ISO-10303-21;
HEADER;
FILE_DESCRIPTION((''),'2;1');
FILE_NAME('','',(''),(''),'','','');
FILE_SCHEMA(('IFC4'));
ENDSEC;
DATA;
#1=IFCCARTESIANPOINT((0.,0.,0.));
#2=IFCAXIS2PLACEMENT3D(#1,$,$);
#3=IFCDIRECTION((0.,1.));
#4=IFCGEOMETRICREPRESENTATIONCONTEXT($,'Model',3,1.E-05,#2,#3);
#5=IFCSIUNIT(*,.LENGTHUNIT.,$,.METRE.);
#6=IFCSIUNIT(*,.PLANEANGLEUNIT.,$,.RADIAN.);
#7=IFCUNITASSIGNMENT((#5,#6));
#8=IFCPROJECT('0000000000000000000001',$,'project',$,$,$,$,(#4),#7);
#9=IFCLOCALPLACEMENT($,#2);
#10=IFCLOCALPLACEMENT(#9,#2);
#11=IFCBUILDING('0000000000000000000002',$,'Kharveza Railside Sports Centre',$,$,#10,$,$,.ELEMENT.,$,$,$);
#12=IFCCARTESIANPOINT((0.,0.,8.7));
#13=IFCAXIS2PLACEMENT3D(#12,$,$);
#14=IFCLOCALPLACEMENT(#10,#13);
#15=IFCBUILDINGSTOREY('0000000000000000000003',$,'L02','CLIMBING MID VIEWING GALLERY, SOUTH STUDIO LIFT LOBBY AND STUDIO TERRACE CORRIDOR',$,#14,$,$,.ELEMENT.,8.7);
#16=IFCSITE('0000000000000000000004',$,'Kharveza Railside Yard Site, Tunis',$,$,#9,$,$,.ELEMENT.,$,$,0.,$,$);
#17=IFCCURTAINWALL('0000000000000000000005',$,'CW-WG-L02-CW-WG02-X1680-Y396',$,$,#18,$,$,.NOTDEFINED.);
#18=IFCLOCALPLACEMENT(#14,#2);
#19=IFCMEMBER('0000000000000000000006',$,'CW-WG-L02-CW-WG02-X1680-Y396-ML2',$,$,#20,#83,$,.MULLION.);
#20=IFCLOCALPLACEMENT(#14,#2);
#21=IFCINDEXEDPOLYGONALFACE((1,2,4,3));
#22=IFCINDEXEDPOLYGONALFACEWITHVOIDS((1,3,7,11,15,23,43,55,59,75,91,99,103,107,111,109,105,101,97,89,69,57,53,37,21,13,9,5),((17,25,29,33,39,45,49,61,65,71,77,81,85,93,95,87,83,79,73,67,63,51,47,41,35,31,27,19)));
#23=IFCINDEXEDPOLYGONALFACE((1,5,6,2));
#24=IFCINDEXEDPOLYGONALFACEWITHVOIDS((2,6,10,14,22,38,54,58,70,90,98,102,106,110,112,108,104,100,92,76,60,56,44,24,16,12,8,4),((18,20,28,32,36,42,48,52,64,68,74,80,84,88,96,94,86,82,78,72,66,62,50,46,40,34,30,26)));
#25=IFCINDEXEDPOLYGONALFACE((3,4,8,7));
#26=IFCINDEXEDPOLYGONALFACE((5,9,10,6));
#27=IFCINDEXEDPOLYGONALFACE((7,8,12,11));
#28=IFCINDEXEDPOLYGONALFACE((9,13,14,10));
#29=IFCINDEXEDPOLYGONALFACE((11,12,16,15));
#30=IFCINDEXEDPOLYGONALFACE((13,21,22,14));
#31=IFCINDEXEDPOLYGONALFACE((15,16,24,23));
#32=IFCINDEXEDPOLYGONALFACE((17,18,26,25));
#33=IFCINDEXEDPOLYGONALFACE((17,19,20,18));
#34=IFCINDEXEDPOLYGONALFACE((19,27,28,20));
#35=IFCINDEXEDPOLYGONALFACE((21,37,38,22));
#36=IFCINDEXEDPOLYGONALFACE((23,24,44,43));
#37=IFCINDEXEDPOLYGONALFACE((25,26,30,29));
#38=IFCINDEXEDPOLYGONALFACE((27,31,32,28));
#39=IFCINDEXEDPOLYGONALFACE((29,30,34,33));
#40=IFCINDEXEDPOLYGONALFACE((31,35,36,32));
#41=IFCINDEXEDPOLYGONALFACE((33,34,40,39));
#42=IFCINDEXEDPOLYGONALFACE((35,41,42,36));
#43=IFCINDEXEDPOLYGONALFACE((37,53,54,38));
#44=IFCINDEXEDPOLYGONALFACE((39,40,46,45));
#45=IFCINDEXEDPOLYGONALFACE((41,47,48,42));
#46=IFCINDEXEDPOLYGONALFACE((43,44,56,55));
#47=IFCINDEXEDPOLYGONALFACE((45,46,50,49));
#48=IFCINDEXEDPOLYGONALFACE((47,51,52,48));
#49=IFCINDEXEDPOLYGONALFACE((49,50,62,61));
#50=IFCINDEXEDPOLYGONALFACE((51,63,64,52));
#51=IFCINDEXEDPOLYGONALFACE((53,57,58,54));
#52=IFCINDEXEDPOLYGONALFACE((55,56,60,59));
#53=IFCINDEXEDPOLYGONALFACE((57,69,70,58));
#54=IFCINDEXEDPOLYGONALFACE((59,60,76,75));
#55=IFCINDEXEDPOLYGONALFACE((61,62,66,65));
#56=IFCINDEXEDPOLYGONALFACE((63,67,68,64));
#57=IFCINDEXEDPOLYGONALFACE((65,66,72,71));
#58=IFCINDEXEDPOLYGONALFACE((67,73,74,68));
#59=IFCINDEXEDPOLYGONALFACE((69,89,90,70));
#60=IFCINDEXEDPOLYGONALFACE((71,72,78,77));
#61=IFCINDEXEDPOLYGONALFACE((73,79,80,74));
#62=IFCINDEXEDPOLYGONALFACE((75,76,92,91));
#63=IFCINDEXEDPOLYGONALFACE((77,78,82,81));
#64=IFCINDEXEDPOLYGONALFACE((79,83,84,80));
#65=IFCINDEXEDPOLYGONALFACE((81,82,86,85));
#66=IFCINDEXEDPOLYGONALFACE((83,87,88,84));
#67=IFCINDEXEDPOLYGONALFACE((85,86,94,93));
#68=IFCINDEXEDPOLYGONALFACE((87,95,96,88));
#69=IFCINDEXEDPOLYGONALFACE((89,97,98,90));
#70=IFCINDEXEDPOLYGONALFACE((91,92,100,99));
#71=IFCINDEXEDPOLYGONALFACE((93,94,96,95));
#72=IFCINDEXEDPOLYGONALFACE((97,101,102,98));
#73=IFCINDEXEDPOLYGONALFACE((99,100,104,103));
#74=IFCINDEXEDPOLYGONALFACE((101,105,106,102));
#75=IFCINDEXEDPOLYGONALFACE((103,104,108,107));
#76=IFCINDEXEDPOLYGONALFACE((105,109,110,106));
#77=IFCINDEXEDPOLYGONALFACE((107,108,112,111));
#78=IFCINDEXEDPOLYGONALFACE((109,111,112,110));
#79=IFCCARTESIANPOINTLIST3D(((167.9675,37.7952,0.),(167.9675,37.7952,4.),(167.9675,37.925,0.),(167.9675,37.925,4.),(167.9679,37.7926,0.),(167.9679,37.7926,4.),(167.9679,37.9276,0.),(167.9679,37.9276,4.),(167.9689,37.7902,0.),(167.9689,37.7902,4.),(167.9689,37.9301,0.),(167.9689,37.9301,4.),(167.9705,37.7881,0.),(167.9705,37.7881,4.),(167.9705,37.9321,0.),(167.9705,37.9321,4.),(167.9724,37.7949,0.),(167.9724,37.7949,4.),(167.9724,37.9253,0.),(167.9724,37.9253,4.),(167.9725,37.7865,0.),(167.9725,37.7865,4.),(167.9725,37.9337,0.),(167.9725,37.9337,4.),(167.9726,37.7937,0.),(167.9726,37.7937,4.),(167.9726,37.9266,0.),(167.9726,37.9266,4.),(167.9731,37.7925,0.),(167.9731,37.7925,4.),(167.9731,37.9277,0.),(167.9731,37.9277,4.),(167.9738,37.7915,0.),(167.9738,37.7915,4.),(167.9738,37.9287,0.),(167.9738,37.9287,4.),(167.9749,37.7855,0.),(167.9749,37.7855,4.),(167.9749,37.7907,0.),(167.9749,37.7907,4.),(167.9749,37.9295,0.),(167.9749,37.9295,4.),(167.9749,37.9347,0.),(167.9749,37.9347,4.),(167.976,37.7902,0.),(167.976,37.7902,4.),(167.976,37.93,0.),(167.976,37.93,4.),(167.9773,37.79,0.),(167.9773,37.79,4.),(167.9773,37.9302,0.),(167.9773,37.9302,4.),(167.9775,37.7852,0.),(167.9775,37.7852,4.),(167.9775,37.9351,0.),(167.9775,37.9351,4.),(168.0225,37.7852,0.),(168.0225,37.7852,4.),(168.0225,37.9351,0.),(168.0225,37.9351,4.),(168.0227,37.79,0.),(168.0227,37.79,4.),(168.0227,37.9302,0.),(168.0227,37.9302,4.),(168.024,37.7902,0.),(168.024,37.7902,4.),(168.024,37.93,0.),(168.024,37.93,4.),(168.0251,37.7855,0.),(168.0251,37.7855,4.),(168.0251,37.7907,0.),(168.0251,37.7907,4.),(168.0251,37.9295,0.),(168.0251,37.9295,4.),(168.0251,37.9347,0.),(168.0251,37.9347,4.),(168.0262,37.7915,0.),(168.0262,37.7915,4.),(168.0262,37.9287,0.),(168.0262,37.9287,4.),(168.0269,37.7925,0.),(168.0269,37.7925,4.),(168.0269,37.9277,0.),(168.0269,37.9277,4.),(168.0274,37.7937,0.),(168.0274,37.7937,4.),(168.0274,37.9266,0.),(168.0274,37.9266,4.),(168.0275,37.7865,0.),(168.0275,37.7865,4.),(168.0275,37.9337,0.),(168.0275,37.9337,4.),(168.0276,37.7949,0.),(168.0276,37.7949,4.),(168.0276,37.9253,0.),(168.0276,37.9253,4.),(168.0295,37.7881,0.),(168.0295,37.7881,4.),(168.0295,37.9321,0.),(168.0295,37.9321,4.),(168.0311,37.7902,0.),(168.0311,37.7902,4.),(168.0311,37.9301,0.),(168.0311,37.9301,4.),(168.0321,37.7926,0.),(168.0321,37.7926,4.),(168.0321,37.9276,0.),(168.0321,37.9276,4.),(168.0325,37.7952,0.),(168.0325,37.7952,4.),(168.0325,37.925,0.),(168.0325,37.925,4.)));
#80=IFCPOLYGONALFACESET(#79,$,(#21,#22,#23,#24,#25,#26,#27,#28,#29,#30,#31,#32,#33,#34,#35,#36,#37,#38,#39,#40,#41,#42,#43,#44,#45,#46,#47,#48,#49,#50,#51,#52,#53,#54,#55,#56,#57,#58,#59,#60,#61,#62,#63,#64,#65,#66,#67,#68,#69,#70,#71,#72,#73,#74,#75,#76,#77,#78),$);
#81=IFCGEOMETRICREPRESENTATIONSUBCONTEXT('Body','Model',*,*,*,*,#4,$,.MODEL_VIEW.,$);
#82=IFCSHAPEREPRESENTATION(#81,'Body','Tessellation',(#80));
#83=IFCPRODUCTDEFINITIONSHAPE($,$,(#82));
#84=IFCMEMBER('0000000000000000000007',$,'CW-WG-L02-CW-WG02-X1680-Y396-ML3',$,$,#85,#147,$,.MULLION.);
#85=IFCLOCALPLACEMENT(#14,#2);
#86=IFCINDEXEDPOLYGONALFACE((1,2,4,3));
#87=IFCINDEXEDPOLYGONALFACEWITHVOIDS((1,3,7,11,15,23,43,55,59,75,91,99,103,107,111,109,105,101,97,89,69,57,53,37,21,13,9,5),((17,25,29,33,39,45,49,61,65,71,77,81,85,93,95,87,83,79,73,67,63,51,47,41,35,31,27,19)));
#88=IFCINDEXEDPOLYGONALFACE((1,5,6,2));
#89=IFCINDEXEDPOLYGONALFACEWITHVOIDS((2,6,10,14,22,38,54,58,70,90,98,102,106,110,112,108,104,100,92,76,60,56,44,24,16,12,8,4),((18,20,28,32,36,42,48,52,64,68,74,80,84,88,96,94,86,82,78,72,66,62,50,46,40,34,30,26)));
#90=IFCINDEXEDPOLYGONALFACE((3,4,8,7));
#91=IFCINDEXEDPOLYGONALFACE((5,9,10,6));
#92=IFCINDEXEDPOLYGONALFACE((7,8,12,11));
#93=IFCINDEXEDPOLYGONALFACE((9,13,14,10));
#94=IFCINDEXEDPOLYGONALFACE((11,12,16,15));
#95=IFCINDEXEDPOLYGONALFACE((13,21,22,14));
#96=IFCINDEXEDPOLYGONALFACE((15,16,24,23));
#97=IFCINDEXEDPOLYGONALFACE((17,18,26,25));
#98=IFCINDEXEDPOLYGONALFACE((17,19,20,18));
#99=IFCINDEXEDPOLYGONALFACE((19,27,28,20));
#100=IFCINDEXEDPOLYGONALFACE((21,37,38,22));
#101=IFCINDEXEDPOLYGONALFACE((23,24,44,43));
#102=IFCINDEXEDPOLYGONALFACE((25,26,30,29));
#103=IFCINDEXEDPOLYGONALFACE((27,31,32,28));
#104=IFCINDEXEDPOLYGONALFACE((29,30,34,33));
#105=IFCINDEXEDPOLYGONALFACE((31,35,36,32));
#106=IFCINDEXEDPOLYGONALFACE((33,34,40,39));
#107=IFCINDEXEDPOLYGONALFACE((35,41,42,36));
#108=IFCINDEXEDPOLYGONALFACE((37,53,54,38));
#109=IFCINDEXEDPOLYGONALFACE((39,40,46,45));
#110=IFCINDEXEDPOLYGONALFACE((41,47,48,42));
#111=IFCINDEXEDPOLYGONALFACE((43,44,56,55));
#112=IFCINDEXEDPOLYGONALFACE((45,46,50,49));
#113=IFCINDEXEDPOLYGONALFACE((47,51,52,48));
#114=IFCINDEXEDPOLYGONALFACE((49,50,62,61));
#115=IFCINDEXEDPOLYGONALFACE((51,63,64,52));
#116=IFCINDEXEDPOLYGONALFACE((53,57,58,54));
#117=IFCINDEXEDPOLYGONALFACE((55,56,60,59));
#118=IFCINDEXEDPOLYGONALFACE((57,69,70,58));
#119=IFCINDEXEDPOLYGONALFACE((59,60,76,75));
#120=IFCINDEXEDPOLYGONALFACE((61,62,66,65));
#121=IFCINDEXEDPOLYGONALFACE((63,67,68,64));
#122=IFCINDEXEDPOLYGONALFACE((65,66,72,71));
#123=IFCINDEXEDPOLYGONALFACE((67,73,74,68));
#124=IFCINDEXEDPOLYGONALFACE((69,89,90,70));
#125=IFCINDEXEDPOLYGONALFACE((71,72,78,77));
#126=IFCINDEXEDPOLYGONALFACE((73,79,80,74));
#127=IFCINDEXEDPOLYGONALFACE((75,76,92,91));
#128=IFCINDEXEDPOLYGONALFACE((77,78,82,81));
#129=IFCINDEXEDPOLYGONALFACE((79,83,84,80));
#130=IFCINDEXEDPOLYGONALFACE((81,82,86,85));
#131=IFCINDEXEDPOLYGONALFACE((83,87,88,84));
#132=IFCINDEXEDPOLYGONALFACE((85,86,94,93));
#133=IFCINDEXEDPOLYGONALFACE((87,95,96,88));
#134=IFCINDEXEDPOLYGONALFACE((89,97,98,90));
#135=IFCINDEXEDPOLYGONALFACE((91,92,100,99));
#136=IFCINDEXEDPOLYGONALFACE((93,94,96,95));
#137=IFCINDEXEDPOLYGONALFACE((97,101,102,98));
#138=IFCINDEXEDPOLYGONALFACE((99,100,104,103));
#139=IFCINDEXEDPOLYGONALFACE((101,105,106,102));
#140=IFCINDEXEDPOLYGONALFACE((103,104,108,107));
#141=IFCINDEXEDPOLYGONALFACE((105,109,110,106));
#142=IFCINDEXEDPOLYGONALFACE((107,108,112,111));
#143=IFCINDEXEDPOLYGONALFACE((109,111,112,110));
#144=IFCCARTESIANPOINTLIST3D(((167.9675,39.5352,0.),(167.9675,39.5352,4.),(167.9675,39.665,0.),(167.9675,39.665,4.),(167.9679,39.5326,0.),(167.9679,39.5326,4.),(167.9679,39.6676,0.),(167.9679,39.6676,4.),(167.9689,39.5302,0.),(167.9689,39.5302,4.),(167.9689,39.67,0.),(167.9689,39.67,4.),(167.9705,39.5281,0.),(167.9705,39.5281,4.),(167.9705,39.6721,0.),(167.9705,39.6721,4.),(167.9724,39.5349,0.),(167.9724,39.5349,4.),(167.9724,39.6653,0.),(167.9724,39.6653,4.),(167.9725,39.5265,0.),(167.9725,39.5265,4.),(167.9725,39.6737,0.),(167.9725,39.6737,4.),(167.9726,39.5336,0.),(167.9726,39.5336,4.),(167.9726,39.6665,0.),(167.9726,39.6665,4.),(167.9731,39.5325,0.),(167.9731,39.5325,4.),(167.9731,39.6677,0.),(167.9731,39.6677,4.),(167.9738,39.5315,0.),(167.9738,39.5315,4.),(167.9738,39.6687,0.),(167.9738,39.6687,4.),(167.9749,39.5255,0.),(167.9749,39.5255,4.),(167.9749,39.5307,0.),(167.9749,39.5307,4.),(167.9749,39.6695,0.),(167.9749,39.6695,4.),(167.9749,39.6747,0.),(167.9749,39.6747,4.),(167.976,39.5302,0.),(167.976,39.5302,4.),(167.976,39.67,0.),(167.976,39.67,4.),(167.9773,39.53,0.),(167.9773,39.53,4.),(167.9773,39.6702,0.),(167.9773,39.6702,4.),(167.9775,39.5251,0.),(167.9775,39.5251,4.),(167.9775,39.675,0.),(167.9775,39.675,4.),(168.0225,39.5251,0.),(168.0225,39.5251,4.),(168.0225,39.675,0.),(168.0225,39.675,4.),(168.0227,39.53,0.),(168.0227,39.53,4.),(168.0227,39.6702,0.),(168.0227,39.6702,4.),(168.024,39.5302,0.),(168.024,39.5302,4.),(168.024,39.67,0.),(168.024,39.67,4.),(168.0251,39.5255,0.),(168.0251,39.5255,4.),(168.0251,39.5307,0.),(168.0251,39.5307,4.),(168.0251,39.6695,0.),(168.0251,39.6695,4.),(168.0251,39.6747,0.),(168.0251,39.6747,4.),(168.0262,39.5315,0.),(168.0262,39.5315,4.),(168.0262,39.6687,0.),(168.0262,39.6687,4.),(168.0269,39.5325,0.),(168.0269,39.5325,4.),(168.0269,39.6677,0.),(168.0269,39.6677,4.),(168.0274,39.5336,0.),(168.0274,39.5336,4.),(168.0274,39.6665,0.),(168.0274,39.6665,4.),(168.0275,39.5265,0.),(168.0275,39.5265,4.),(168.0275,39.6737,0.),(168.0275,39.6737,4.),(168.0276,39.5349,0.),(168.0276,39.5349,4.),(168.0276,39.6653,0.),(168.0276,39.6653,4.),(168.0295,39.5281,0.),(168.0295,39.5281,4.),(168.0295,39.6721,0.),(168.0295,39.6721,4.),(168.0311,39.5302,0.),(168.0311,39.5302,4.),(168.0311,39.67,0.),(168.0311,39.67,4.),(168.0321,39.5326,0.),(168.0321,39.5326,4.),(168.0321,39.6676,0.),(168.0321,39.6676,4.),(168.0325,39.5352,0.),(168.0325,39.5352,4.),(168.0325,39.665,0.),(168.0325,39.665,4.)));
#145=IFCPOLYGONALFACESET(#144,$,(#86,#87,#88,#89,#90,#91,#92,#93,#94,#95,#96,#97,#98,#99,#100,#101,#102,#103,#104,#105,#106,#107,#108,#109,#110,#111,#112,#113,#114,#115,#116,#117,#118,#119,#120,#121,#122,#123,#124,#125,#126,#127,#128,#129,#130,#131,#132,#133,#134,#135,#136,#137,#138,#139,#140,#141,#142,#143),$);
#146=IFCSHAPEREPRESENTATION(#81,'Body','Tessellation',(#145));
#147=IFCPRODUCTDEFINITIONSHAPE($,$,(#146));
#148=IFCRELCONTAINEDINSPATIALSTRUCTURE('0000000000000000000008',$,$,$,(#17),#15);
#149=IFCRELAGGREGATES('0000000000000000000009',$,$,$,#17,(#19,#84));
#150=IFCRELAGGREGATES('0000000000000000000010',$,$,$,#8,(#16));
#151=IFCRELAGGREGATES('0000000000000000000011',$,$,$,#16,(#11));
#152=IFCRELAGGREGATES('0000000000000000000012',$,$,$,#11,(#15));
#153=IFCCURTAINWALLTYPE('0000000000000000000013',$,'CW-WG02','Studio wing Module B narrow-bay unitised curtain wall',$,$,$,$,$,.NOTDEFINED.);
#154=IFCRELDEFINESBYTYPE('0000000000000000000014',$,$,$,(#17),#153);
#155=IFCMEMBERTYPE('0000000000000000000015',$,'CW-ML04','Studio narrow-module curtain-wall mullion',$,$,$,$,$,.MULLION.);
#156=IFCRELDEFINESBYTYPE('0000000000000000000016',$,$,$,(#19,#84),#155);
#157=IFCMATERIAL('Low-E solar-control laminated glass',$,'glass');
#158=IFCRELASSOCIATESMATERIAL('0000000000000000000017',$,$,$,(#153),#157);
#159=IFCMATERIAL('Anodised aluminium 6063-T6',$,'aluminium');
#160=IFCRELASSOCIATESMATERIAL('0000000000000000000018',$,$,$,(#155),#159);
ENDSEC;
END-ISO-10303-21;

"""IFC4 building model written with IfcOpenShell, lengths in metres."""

from ifc_helpers import new_model, si_unit, direction, frame, origin, origin_2d, place, context, subcontext, project, spatial, hollow_rectangle, extrude, material, material_profile, profile_set, type_object, element, aggregate, save


model = new_model("IFC4")

# Units and contexts
model_context = context("Model", 3, precision=1e-05, world=origin(), true_north=direction((0.0, 1.0)))
body_context = subcontext(model_context, "Body", "Model", "MODEL_VIEW")
ifc_project = project(units=[si_unit("LENGTHUNIT", "METRE"), si_unit("PLANEANGLEUNIT", "RADIAN")], contexts=[model_context])

# Site, building, storey
site_placement = place(None, origin())
site = spatial("IfcSite", under=ifc_project, at=site_placement, Name="Kharveza Railside Yard Site, Tunis", CompositionType="ELEMENT", RefElevation=0.0)
building_placement = place(site_placement, origin())
building = spatial("IfcBuilding", under=site, at=building_placement, Name="Kharveza Railside Sports Centre", CompositionType="ELEMENT")
storey_placement = place(building_placement, frame((0.0, 0.0, 8.7)))
storey = spatial("IfcBuildingStorey", under=building, at=storey_placement, Name="L02", Description="CLIMBING MID VIEWING GALLERY, SOUTH STUDIO LIFT LOBBY AND STUDIO TERRACE CORRIDOR", CompositionType="ELEMENT", Elevation=8.7)

# Shared definitions
ifc_material_1 = material(Name="Low-E solar-control laminated glass", Category="glass")
curtain_wall_type = type_object("IfcCurtainWallType", Name="CW-WG02", Description="Studio wing Module B narrow-bay unitised curtain wall", PredefinedType="NOTDEFINED", material=ifc_material_1)
ifc_material_2 = material(Name="Anodised aluminium 6063-T6", Category="aluminium")
ifc_material_profile_1 = material_profile(ifc_material_2, hollow_rectangle(XDim=0.0649, YDim=0.1499, WallThickness=0.0049, InnerFilletRadius=0.0049, OuterFilletRadius=0.01, at=origin_2d()), Name="RHS 65x150x5.0")
ifc_profile_set_1 = profile_set([ifc_material_profile_1], Name="Anodised aluminium 6063-T6")
member_type_1 = type_object("IfcMemberType", Name="CW-ML04", Description="Studio narrow-module curtain-wall mullion", PredefinedType="MULLION", material=ifc_profile_set_1)

# Curtain wall, members
curtain_wall_1_placement = place(storey_placement, origin())
curtain_wall_1 = element("IfcCurtainWall", 1, at=curtain_wall_1_placement, inside=storey, type_object=curtain_wall_type, Name="CW-WG-L02-CW-WG02-X1680-Y396", PredefinedType="NOTDEFINED")
member_1_placement = place(storey_placement, frame((168.0, 37.8601, 0.0), z_axis=(0.0, 0.0, 1.0), x_axis=(1.0, 0.0, 0.0)))
member_1 = element("IfcMember", 2, at=member_1_placement, type_object=member_type_1, Name="CW-WG-L02-CW-WG02-X1680-Y396-ML2", PredefinedType="MULLION", context=body_context, shape_type="SweptSolid", body=[
    extrude(hollow_rectangle(XDim=0.0649, YDim=0.1499, WallThickness=0.0049, InnerFilletRadius=0.0049, OuterFilletRadius=0.01, at=origin_2d()), origin(), (0.0, 0.0, 1.0), 4.0),
])
member_2_placement = place(storey_placement, frame((168.0, 39.6001, 0.0), z_axis=(0.0, 0.0, 1.0), x_axis=(1.0, 0.0, 0.0)))
member_2 = element("IfcMember", 3, at=member_2_placement, type_object=member_type_1, Name="CW-WG-L02-CW-WG02-X1680-Y396-ML3", PredefinedType="MULLION", context=body_context, shape_type="SweptSolid", body=[
    extrude(hollow_rectangle(XDim=0.0649, YDim=0.1499, WallThickness=0.0049, InnerFilletRadius=0.0049, OuterFilletRadius=0.01, at=origin_2d()), origin(), (0.0, 0.0, 1.0), 4.0),
])

aggregate(curtain_wall_1, [member_1, member_2])

save(model, "model.ifc")
